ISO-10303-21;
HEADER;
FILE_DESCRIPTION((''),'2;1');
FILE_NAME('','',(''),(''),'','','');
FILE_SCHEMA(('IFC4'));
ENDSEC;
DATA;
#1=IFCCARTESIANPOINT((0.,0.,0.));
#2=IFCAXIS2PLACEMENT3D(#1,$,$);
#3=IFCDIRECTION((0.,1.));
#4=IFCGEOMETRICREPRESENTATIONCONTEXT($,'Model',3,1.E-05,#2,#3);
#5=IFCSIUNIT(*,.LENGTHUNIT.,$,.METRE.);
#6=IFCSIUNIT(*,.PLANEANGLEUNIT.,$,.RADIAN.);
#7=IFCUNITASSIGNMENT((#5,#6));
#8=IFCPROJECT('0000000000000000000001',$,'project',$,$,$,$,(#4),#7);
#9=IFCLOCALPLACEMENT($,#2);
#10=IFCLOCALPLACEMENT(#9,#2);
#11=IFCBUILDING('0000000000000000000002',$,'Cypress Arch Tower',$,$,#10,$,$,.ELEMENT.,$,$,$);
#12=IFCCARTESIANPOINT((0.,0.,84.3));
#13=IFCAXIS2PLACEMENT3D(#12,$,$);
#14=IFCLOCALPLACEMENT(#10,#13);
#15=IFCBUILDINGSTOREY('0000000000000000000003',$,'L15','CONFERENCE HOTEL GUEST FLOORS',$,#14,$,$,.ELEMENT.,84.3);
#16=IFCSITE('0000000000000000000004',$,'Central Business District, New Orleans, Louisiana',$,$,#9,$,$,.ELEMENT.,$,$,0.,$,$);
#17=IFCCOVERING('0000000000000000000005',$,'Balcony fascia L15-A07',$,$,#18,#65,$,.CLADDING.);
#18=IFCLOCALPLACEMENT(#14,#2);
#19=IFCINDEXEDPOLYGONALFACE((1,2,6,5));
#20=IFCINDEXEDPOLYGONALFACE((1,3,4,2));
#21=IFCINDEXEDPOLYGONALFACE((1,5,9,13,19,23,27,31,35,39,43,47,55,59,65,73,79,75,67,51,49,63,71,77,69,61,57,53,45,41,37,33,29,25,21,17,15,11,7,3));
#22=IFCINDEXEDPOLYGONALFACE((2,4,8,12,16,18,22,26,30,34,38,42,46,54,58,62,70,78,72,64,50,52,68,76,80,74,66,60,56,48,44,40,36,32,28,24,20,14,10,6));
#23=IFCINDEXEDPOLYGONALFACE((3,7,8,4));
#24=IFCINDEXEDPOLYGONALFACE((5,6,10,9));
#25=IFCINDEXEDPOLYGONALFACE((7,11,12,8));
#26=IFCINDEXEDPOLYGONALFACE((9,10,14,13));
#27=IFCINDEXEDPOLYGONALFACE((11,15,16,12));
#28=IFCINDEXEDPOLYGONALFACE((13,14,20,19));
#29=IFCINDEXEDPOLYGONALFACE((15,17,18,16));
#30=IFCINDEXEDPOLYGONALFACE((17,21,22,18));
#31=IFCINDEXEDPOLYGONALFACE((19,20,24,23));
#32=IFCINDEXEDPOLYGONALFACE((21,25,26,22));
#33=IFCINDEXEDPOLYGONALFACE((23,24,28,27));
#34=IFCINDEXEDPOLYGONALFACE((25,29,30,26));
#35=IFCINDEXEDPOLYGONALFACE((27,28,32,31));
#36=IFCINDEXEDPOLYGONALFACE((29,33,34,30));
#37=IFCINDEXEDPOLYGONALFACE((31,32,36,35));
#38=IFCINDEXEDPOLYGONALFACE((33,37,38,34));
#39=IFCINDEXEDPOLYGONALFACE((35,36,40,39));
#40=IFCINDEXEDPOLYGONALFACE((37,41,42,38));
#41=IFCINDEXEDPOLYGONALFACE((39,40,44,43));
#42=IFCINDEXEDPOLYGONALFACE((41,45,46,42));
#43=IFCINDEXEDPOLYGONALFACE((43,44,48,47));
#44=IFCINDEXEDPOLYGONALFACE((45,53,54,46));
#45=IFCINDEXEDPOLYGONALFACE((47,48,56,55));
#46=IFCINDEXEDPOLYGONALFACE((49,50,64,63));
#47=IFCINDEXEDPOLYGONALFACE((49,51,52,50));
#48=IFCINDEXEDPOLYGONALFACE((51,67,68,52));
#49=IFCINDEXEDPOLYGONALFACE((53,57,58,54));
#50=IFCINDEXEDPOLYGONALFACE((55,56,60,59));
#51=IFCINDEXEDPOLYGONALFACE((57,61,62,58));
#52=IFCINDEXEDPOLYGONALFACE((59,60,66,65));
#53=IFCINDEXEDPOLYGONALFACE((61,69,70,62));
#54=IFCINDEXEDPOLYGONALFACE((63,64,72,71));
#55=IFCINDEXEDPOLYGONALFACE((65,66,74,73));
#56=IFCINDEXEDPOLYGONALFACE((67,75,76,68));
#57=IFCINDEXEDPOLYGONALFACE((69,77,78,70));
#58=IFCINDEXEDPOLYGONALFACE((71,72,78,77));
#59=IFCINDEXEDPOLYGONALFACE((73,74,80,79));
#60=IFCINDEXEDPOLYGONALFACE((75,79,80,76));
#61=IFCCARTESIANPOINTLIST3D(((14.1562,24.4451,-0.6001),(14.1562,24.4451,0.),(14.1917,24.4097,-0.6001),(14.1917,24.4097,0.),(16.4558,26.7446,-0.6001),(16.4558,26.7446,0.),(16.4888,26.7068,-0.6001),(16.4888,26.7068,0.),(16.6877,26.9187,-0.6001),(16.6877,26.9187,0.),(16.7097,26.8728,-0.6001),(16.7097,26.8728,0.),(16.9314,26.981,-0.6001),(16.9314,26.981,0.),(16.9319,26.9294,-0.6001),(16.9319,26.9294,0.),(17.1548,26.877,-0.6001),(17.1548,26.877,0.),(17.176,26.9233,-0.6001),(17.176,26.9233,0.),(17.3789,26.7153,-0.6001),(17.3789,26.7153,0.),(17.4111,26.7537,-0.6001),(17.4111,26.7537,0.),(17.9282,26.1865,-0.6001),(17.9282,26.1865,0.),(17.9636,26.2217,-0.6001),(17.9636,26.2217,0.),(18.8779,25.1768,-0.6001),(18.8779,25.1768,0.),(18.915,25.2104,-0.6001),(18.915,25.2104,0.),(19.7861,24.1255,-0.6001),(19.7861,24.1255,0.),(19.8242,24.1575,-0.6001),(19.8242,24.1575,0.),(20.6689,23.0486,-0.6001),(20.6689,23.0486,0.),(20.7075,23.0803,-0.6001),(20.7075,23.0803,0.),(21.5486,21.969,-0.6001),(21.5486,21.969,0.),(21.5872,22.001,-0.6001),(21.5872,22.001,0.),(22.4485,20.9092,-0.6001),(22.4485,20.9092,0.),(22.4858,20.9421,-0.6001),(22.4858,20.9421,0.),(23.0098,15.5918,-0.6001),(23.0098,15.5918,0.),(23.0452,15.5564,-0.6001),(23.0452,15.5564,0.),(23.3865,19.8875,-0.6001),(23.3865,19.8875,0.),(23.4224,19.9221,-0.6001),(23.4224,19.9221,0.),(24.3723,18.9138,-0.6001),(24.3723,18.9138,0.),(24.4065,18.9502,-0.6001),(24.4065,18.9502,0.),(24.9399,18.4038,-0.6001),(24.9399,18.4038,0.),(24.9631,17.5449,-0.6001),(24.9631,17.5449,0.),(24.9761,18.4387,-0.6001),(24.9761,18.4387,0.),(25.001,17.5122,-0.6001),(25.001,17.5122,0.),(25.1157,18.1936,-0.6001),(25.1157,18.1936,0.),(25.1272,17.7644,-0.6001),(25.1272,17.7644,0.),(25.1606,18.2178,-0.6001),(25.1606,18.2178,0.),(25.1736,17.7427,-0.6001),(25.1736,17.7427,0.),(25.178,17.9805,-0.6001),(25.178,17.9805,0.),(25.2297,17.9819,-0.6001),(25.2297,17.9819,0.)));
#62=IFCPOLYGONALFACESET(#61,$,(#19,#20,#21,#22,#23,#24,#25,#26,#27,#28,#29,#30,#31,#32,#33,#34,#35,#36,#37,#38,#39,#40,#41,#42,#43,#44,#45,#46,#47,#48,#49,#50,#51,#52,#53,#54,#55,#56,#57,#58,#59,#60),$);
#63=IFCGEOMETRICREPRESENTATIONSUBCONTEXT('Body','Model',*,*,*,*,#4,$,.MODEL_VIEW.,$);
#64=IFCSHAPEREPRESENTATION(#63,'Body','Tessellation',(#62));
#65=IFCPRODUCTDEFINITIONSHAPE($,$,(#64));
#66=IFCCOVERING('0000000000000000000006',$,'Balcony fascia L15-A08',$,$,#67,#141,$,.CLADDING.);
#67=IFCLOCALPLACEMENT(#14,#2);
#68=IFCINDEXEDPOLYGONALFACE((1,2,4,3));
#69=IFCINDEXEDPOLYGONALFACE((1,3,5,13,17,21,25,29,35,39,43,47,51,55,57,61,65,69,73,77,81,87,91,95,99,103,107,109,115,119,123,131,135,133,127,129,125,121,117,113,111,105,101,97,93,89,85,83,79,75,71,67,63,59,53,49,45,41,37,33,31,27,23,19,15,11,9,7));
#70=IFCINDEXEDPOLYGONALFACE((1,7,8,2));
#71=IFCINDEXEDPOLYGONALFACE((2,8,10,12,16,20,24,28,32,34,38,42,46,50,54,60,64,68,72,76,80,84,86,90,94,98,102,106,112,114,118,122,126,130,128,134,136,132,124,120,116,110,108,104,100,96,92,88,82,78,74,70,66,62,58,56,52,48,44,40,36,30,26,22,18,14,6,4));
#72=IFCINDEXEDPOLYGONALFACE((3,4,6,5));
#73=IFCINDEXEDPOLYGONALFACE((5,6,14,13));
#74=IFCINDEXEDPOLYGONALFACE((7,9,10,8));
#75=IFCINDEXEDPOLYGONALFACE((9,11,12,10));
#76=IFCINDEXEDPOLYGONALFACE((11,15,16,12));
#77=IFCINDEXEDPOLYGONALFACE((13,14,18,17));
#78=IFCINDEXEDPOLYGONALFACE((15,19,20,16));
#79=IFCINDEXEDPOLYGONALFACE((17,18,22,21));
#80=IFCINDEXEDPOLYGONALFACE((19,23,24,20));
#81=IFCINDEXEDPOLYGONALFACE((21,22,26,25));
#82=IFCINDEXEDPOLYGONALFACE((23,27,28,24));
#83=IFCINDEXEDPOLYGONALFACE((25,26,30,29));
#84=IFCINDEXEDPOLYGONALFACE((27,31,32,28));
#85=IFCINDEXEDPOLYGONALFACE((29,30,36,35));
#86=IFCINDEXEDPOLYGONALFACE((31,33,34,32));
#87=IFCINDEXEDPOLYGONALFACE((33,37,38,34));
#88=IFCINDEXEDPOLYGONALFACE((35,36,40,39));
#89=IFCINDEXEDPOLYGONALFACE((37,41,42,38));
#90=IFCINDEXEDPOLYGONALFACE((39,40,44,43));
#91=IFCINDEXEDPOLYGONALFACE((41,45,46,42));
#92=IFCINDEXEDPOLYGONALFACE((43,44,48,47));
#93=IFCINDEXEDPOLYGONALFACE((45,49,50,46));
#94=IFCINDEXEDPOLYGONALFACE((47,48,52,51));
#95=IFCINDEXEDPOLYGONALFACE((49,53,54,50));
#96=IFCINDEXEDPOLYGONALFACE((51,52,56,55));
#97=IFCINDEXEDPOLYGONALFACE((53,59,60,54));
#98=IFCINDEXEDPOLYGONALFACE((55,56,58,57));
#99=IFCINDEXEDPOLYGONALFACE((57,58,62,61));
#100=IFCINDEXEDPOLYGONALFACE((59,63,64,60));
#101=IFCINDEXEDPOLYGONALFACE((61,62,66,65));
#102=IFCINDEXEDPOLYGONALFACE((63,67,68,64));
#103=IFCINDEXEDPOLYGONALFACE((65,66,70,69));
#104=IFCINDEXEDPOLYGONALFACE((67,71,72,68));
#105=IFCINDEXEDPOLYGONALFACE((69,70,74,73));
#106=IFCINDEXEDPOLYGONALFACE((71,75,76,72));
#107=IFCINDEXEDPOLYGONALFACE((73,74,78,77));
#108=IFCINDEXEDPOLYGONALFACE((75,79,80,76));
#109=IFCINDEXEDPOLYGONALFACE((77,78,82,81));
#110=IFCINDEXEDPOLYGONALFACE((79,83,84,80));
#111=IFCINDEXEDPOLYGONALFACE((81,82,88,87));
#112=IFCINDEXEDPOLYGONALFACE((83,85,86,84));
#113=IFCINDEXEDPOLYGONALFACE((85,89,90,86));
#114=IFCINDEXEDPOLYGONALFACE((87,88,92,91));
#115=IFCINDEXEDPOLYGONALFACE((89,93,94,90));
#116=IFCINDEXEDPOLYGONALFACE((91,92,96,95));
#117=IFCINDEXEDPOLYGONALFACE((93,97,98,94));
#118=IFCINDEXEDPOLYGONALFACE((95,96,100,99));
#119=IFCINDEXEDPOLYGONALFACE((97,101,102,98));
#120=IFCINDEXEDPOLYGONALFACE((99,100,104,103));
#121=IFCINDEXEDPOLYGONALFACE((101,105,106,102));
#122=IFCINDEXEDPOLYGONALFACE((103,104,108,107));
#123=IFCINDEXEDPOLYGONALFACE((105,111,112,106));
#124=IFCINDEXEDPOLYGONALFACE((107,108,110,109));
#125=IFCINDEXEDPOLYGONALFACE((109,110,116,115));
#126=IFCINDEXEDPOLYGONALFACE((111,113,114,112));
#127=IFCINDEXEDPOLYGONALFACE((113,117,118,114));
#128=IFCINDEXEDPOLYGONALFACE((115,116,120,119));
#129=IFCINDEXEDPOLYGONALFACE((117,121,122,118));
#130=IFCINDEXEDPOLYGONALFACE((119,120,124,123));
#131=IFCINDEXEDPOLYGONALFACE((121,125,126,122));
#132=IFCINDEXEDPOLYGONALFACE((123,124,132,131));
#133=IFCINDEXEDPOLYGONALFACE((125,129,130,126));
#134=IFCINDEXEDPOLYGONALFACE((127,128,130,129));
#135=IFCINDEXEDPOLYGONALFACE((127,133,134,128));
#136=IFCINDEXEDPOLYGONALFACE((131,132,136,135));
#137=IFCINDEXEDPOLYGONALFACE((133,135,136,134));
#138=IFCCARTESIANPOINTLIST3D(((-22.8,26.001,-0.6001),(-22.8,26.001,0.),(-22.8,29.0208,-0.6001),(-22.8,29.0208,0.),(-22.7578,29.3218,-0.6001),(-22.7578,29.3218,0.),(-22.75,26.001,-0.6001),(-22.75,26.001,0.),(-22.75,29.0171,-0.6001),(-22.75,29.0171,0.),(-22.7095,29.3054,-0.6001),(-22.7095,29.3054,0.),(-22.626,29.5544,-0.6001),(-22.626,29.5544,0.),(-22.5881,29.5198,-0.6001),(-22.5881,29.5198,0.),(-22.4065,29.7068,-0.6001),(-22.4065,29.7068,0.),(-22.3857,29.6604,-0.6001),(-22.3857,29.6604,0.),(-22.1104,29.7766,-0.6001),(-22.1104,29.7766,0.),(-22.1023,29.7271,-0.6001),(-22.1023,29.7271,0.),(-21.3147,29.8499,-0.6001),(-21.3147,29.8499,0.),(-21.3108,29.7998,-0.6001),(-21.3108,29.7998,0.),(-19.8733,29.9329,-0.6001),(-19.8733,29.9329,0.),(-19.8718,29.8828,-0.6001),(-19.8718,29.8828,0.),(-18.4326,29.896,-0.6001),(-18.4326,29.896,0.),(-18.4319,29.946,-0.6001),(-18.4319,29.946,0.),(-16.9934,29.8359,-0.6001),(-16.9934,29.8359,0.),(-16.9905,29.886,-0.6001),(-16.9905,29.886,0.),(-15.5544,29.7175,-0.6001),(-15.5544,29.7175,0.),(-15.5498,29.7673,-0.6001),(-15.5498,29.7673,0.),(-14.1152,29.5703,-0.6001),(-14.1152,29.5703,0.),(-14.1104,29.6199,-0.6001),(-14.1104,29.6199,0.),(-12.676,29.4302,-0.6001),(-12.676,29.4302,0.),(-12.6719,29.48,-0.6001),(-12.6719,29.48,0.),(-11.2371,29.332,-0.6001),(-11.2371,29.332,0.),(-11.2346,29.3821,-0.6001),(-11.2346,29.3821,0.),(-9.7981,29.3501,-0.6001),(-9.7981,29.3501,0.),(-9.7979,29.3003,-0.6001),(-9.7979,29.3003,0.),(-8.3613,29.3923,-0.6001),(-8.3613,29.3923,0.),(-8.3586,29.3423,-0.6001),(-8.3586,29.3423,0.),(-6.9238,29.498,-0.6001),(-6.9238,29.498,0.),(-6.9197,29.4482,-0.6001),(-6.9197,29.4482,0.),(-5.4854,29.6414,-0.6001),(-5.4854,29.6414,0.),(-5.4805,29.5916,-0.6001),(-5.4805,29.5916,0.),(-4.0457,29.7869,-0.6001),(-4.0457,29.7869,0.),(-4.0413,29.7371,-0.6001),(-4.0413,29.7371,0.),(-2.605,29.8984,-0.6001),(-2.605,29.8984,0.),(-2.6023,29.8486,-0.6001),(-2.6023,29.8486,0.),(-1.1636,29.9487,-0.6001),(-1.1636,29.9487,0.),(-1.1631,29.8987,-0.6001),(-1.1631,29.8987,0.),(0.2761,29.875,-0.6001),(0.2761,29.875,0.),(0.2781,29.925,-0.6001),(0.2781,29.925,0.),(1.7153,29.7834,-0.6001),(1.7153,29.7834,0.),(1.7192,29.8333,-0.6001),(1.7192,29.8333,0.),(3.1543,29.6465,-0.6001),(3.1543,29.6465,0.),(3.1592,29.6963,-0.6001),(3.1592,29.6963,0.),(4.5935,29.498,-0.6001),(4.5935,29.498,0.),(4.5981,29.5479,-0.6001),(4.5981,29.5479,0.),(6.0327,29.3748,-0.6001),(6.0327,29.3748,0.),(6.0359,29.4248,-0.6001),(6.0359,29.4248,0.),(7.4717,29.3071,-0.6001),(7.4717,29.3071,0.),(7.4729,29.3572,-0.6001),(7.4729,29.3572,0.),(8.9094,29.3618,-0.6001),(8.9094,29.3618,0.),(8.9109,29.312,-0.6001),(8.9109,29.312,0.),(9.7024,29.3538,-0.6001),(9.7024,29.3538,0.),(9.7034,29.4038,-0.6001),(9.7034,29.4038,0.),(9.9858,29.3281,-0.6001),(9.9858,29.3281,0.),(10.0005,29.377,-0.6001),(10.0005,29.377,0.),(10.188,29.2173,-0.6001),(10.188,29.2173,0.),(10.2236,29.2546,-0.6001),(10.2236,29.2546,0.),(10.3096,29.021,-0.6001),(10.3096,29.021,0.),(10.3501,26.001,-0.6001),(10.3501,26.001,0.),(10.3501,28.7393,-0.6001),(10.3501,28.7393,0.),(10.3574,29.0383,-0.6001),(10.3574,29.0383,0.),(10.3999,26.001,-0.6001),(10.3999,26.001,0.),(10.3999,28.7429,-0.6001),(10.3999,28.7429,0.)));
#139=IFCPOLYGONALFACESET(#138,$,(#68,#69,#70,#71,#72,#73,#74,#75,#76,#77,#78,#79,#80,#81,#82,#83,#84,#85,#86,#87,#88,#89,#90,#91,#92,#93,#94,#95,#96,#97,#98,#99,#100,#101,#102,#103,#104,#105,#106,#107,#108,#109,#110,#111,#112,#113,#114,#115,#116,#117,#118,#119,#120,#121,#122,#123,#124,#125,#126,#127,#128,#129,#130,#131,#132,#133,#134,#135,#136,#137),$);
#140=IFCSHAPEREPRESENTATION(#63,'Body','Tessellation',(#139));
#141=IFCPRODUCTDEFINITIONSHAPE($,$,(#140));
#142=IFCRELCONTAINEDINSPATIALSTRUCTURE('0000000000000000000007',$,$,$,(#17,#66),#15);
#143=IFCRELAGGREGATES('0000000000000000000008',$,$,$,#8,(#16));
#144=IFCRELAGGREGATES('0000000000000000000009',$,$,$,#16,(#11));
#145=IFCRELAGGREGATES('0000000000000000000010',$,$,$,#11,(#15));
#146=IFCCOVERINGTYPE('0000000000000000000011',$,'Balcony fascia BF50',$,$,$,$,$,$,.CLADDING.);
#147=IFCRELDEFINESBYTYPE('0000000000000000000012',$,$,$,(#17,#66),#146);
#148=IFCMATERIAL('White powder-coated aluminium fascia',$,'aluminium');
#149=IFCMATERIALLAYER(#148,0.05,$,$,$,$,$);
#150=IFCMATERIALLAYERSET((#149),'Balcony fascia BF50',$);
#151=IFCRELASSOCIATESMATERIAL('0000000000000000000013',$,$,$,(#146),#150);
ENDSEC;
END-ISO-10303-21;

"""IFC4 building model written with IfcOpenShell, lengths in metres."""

from ifc_helpers import new_model, si_unit, direction, frame, origin, place, context, subcontext, project, spatial, polyline, outline, extrude, material, layer, layer_set, type_object, element, save


model = new_model("IFC4")

# Units and contexts
model_context = context("Model", 3, precision=1e-05, world=origin(), true_north=direction((0.0, 1.0)))
body_context = subcontext(model_context, "Body", "Model", "MODEL_VIEW")
ifc_project = project(units=[si_unit("LENGTHUNIT", "METRE"), si_unit("PLANEANGLEUNIT", "RADIAN")], contexts=[model_context])

# Site, building, storey
site_placement = place(None, origin())
site = spatial("IfcSite", under=ifc_project, at=site_placement, Name="Central Business District, New Orleans, Louisiana", CompositionType="ELEMENT", RefElevation=0.0)
building_placement = place(site_placement, origin())
building = spatial("IfcBuilding", under=site, at=building_placement, Name="Cypress Arch Tower", CompositionType="ELEMENT")
storey_placement = place(building_placement, frame((0.0, 0.0, 84.3)))
storey = spatial("IfcBuildingStorey", under=building, at=storey_placement, Name="L15", Description="CONFERENCE HOTEL GUEST FLOORS", CompositionType="ELEMENT", Elevation=84.3)

# Coverings
ifc_material_1 = material(Name="White powder-coated aluminium fascia", Category="aluminium")
ifc_layer_1 = layer(ifc_material_1, 0.05)
ifc_layer_set_1 = layer_set([ifc_layer_1], Name="Balcony fascia BF50")
covering_type_1 = type_object("IfcCoveringType", Name="Balcony fascia BF50", PredefinedType="CLADDING", material=ifc_layer_set_1)
covering_1_placement = place(storey_placement, frame((0.0, 0.0, -0.6001)))
element("IfcCovering", 1, at=covering_1_placement, inside=storey, type_object=covering_type_1, Name="Balcony fascia L15-A07", PredefinedType="CLADDING", context=body_context, shape_type="SweptSolid", body=[
    extrude(outline(polyline([(16.4558, 26.7446), (16.6877, 26.9187), (16.9314, 26.981), (17.176, 26.9233), (17.4111, 26.7537), (17.9636, 26.2217), (18.915, 25.2104), (19.8242, 24.1575), (20.7075, 23.0803), (21.5872, 22.001), (22.4858, 20.9421), (23.4224, 19.9221), (24.4065, 18.9502), (24.9761, 18.4387), (25.1606, 18.2178), (25.2297, 17.9819), (25.1736, 17.7427), (25.001, 17.5122), (23.0452, 15.5564), (23.0098, 15.5918), (24.9631, 17.5449), (25.1272, 17.7644), (25.178, 17.9805), (25.1157, 18.1936), (24.9399, 18.4038), (24.3723, 18.9138), (23.3865, 19.8875), (22.4485, 20.9092), (21.5486, 21.969), (20.6689, 23.0486), (19.7861, 24.1255), (18.8779, 25.1768), (17.9282, 26.1865), (17.3789, 26.7153), (17.1548, 26.877), (16.9319, 26.9294), (16.7097, 26.8728), (16.4888, 26.7068), (14.1917, 24.4097), (14.1562, 24.4451), (16.4558, 26.7446)])), origin(), (0.0, 0.0, 1.0), 0.6001),
])
covering_2_placement = place(storey_placement, frame((0.0, 0.0, -0.6001)))
element("IfcCovering", 2, at=covering_2_placement, inside=storey, type_object=covering_type_1, Name="Balcony fascia L15-A08", PredefinedType="CLADDING", context=body_context, shape_type="SweptSolid", body=[
    extrude(outline(polyline([(-22.8, 29.0208), (-22.7578, 29.3218), (-22.626, 29.5544), (-22.4065, 29.7068), (-22.1104, 29.7766), (-21.3147, 29.8499), (-19.8733, 29.9329), (-18.4319, 29.946), (-16.9905, 29.886), (-15.5498, 29.7673), (-14.1104, 29.6199), (-12.6719, 29.48), (-11.2346, 29.3821), (-9.7981, 29.3501), (-8.3613, 29.3923), (-6.9238, 29.498), (-5.4854, 29.6414), (-4.0457, 29.7869), (-2.605, 29.8984), (-1.1636, 29.9487), (0.2781, 29.925), (1.7192, 29.8333), (3.1592, 29.6963), (4.5981, 29.5479), (6.0359, 29.4248), (7.4729, 29.3572), (8.9094, 29.3618), (9.7034, 29.4038), (10.0005, 29.377), (10.2236, 29.2546), (10.3574, 29.0383), (10.3999, 28.7429), (10.3999, 26.001), (10.3501, 26.001), (10.3501, 28.7393), (10.3096, 29.021), (10.188, 29.2173), (9.9858, 29.3281), (9.7024, 29.3538), (8.9109, 29.312), (7.4717, 29.3071), (6.0327, 29.3748), (4.5935, 29.498), (3.1543, 29.6465), (1.7153, 29.7834), (0.2761, 29.875), (-1.1631, 29.8987), (-2.6023, 29.8486), (-4.0413, 29.7371), (-5.4805, 29.5916), (-6.9197, 29.4482), (-8.3586, 29.3423), (-9.7979, 29.3003), (-11.2371, 29.332), (-12.676, 29.4302), (-14.1152, 29.5703), (-15.5544, 29.7175), (-16.9934, 29.8359), (-18.4326, 29.896), (-19.8718, 29.8828), (-21.3108, 29.7998), (-22.1023, 29.7271), (-22.3857, 29.6604), (-22.5881, 29.5198), (-22.7095, 29.3054), (-22.75, 29.0171), (-22.75, 26.001), (-22.8, 26.001), (-22.8, 29.0208)])), origin(), (0.0, 0.0, 1.0), 0.6001),
])

save(model, "model.ifc")
